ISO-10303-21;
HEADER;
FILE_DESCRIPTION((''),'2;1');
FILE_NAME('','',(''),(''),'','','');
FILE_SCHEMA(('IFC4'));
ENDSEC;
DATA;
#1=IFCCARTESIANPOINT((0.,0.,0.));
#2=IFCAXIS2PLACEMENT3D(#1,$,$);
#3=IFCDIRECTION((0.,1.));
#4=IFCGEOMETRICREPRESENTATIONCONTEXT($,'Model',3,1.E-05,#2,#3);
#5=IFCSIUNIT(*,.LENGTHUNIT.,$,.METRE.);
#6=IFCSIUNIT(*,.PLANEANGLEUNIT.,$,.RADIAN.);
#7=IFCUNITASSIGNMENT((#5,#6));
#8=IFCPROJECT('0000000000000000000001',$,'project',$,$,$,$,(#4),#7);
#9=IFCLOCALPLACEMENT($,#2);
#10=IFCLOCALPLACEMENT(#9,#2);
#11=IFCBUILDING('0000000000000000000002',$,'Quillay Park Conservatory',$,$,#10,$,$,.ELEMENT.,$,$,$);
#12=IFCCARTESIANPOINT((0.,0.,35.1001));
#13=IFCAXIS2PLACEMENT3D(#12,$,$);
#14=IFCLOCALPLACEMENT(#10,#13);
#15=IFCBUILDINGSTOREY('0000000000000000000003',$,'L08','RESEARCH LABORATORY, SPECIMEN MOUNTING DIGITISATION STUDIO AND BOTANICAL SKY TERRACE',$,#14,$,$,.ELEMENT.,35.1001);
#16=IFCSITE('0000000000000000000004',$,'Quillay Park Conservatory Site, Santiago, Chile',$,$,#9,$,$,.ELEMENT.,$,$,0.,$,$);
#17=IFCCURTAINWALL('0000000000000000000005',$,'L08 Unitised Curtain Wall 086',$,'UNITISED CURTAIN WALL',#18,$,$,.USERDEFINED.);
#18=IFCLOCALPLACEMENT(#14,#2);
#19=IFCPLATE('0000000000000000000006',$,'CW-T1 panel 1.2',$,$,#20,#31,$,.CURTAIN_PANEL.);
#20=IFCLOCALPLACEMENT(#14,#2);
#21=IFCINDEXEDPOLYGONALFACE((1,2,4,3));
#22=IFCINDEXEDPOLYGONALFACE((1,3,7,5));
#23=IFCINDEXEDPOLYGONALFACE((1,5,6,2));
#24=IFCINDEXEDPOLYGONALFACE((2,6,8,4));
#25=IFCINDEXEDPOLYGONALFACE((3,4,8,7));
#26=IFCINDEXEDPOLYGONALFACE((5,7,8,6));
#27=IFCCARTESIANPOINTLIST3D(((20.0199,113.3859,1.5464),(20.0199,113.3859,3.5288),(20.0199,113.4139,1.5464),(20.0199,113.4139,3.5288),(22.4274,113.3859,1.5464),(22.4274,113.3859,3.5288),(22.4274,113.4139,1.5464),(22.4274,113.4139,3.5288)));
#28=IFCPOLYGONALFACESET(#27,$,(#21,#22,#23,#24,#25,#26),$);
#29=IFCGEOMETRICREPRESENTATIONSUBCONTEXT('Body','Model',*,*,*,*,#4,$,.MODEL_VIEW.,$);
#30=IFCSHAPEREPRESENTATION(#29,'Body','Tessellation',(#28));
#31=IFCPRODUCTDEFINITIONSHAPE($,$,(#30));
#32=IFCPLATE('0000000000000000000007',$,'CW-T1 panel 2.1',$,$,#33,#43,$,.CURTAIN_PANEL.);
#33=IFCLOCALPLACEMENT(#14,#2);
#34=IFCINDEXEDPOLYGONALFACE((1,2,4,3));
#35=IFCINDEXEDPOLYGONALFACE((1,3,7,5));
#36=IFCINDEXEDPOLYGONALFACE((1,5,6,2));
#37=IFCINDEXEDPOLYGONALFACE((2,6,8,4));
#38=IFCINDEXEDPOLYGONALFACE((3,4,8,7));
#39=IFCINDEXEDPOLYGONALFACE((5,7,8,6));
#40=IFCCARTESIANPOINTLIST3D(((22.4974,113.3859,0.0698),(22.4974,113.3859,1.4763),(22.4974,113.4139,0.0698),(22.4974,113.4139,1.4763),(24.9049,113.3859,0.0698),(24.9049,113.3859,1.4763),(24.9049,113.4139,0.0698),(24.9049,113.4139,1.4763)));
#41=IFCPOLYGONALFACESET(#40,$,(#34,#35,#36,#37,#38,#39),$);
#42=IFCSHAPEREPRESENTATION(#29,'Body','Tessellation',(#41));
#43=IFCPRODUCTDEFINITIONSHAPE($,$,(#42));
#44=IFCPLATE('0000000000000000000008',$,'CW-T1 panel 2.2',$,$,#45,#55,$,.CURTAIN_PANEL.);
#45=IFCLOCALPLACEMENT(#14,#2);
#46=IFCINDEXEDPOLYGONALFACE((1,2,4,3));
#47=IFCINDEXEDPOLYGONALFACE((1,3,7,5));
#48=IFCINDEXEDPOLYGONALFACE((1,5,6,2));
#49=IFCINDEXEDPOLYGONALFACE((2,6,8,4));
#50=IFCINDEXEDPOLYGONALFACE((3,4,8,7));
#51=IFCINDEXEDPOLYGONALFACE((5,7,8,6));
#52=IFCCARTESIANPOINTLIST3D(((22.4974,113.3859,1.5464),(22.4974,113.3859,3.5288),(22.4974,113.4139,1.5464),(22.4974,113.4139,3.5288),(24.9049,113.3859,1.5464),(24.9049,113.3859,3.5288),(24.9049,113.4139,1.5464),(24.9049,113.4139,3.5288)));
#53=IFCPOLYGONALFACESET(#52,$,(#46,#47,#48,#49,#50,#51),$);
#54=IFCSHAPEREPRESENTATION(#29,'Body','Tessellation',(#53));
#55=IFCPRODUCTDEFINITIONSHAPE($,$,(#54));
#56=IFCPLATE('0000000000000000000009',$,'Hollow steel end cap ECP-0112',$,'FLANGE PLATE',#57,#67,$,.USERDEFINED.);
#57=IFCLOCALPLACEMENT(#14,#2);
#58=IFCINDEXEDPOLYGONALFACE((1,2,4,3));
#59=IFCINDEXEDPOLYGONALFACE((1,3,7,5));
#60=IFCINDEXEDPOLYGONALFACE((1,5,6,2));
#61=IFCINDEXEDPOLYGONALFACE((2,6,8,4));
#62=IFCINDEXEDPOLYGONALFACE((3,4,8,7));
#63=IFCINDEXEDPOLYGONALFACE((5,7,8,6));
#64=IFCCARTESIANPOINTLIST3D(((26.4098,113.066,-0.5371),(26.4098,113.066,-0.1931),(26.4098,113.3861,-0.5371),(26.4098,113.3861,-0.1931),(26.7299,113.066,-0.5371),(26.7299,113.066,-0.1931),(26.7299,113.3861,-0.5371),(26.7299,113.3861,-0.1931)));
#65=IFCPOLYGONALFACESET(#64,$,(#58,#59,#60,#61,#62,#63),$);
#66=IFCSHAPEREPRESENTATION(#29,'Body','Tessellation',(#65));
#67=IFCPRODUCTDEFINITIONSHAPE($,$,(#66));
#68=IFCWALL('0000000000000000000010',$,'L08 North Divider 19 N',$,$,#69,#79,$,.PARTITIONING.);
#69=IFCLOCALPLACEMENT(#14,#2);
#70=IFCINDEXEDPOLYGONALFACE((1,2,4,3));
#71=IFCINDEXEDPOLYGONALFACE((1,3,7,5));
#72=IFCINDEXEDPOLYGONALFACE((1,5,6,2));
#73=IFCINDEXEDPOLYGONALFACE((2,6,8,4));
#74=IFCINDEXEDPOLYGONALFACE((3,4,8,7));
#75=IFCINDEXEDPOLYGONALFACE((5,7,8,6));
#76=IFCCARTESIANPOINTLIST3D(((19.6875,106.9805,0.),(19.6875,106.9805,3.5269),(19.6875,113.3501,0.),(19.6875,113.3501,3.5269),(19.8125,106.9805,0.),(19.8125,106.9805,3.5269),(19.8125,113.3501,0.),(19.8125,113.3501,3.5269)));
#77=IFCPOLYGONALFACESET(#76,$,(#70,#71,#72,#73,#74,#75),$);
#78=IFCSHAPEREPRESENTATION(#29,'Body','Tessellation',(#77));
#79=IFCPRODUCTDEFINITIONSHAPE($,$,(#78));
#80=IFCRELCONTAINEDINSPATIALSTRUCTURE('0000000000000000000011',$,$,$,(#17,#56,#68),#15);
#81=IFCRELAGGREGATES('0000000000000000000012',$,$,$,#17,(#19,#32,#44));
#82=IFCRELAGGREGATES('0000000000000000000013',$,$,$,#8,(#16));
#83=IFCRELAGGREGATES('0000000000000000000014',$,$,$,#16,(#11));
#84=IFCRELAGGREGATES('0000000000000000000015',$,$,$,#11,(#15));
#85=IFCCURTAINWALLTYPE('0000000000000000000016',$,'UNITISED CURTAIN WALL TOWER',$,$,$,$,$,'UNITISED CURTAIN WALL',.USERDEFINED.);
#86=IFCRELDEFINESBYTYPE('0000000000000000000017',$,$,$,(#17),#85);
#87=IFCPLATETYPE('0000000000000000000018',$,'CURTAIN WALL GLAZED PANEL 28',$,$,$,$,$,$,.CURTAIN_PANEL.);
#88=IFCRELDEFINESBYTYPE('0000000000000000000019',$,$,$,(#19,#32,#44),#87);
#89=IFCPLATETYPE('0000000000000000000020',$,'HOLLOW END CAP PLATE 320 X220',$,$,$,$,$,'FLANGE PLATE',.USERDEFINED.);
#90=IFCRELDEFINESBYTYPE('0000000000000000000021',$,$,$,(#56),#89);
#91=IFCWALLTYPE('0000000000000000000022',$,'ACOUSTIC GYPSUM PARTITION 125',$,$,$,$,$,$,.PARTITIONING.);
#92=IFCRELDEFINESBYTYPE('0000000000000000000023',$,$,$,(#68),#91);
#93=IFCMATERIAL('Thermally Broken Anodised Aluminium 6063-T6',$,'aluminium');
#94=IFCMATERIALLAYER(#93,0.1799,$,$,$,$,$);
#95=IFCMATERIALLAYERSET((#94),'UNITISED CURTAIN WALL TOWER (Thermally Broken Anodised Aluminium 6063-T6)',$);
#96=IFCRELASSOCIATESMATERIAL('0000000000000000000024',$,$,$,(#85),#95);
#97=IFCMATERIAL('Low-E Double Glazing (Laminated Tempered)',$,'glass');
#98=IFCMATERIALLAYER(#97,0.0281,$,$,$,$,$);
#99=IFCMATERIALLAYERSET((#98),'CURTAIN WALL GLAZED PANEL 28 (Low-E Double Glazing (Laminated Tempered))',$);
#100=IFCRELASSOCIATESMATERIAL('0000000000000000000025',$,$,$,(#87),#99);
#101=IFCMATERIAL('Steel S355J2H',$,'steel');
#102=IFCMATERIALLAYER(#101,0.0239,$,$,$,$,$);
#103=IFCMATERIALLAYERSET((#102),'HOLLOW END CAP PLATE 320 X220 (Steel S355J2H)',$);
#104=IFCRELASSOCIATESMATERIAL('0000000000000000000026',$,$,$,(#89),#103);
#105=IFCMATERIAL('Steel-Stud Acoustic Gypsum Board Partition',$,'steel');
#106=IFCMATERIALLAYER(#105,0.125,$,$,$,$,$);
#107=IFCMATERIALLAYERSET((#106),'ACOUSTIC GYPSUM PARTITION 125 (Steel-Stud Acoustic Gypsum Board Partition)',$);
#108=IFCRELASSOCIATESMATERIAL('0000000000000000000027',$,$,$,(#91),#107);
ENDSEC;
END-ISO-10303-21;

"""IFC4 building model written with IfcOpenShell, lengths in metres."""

from ifc_helpers import new_model, si_unit, direction, frame, frame_2d, origin, origin_2d, place, context, subcontext, project, spatial, rectangle, extrude, material, layer, layer_set, type_object, element, aggregate, save


model = new_model("IFC4")

# Units and contexts
model_context = context("Model", 3, precision=1e-05, world=origin(), true_north=direction((0.0, 1.0)))
body_context = subcontext(model_context, "Body", "Model", "MODEL_VIEW")
ifc_project = project(units=[si_unit("LENGTHUNIT", "METRE"), si_unit("PLANEANGLEUNIT", "RADIAN")], contexts=[model_context])

# Site, building, storey
site_placement = place(None, origin())
site = spatial("IfcSite", under=ifc_project, at=site_placement, Name="Quillay Park Conservatory Site, Santiago, Chile", CompositionType="ELEMENT", RefElevation=0.0)
building_placement = place(site_placement, origin())
building = spatial("IfcBuilding", under=site, at=building_placement, Name="Quillay Park Conservatory", CompositionType="ELEMENT")
storey_placement = place(building_placement, frame((0.0, 0.0, 35.1001)))
storey = spatial("IfcBuildingStorey", under=building, at=storey_placement, Name="L08", Description="RESEARCH LABORATORY, SPECIMEN MOUNTING DIGITISATION STUDIO AND BOTANICAL SKY TERRACE", CompositionType="ELEMENT", Elevation=35.1001)

# Shared definitions
ifc_material_1 = material(Name="Thermally Broken Anodised Aluminium 6063-T6", Category="aluminium")
ifc_layer_1 = layer(ifc_material_1, 0.1799)
ifc_layer_set_1 = layer_set([ifc_layer_1], Name="UNITISED CURTAIN WALL TOWER (Thermally Broken Anodised Aluminium 6063-T6)")
curtain_wall_type = type_object("IfcCurtainWallType", Name="UNITISED CURTAIN WALL TOWER", ElementType="UNITISED CURTAIN WALL", PredefinedType="USERDEFINED", material=ifc_layer_set_1)

# Curtain wall
curtain_wall_1_placement = place(storey_placement, origin())
curtain_wall_1 = element("IfcCurtainWall", 1, at=curtain_wall_1_placement, inside=storey, type_object=curtain_wall_type, Name="L08 Unitised Curtain Wall 086", ObjectType="UNITISED CURTAIN WALL", PredefinedType="USERDEFINED")

# Plates
ifc_material_2 = material(Name="Low-E Double Glazing (Laminated Tempered)", Category="glass")
ifc_layer_2 = layer(ifc_material_2, 0.0281)
ifc_layer_set_2 = layer_set([ifc_layer_2], Name="CURTAIN WALL GLAZED PANEL 28 (Low-E Double Glazing (Laminated Tempered))")
plate_type_1 = type_object("IfcPlateType", Name="CURTAIN WALL GLAZED PANEL 28", PredefinedType="CURTAIN_PANEL", material=ifc_layer_set_2)
plate_1_placement = place(storey_placement, frame((21.2236, 113.3999, 1.5464), z_axis=(0.0, 0.0, 1.0), x_axis=(1.0, 0.0, 0.0)))
plate_1 = element("IfcPlate", 2, at=plate_1_placement, type_object=plate_type_1, Name="CW-T1 panel 1.2", PredefinedType="CURTAIN_PANEL", context=body_context, shape_type="SweptSolid", body=[
    extrude(rectangle(XDim=2.4075, YDim=0.0281, at=origin_2d()), origin(), (0.0, 0.0, 1.0), 1.9824),
])
plate_2_placement = place(storey_placement, frame((23.7012, 113.3999, 0.0698), z_axis=(0.0, 0.0, 1.0), x_axis=(1.0, 0.0, 0.0)))
plate_2 = element("IfcPlate", 3, at=plate_2_placement, type_object=plate_type_1, Name="CW-T1 panel 2.1", PredefinedType="CURTAIN_PANEL", context=body_context, shape_type="SweptSolid", body=[
    extrude(rectangle(XDim=2.4075, YDim=0.0281, at=origin_2d()), origin(), (0.0, 0.0, 1.0), 1.4065),
])
plate_3_placement = place(storey_placement, frame((23.7012, 113.3999, 1.5464), z_axis=(0.0, 0.0, 1.0), x_axis=(1.0, 0.0, 0.0)))
plate_3 = element("IfcPlate", 4, at=plate_3_placement, type_object=plate_type_1, Name="CW-T1 panel 2.2", PredefinedType="CURTAIN_PANEL", context=body_context, shape_type="SweptSolid", body=[
    extrude(rectangle(XDim=2.4075, YDim=0.0281, at=origin_2d()), origin(), (0.0, 0.0, 1.0), 1.9824),
])
aggregate(curtain_wall_1, [plate_1, plate_2, plate_3])
ifc_material_3 = material(Name="Steel S355J2H", Category="steel")
ifc_layer_3 = layer(ifc_material_3, 0.0239)
ifc_layer_set_3 = layer_set([ifc_layer_3], Name="HOLLOW END CAP PLATE 320 X220 (Steel S355J2H)")
plate_type_2 = type_object("IfcPlateType", Name="HOLLOW END CAP PLATE 320 X220", ElementType="FLANGE PLATE", PredefinedType="USERDEFINED", material=ifc_layer_set_3)
plate_4_placement = place(storey_placement, frame((26.5698, 113.2261, -0.5371), z_axis=(0.0, 0.0, 1.0), x_axis=(1.0, 0.0, 0.0)))
element("IfcPlate", 5, at=plate_4_placement, inside=storey, type_object=plate_type_2, Name="Hollow steel end cap ECP-0112", ObjectType="FLANGE PLATE", PredefinedType="USERDEFINED", context=body_context, shape_type="SweptSolid", body=[
    extrude(rectangle(XDim=0.3201, YDim=0.3201, at=origin_2d()), origin(), (0.0, 0.0, 1.0), 0.344),
])

# Wall
ifc_material_4 = material(Name="Steel-Stud Acoustic Gypsum Board Partition", Category="steel")
ifc_layer_4 = layer(ifc_material_4, 0.125)
ifc_layer_set_4 = layer_set([ifc_layer_4], Name="ACOUSTIC GYPSUM PARTITION 125 (Steel-Stud Acoustic Gypsum Board Partition)")
wall_type = type_object("IfcWallType", Name="ACOUSTIC GYPSUM PARTITION 125", PredefinedType="PARTITIONING", material=ifc_layer_set_4)
wall_placement = place(storey_placement, frame((19.75, 113.3501, 0.0), z_axis=(0.0, 0.0, 1.0), x_axis=(0.0, -1.0, 0.0)))
element("IfcWall", 6, at=wall_placement, inside=storey, type_object=wall_type, Name="L08 North Divider 19 N", PredefinedType="PARTITIONING", context=body_context, shape_type="SweptSolid", body=[
    extrude(rectangle(XDim=6.3696, YDim=0.125, at=frame_2d((3.1848, 0.0))), origin(), (0.0, 0.0, 1.0), 3.5269),
])

save(model, "model.ifc")
